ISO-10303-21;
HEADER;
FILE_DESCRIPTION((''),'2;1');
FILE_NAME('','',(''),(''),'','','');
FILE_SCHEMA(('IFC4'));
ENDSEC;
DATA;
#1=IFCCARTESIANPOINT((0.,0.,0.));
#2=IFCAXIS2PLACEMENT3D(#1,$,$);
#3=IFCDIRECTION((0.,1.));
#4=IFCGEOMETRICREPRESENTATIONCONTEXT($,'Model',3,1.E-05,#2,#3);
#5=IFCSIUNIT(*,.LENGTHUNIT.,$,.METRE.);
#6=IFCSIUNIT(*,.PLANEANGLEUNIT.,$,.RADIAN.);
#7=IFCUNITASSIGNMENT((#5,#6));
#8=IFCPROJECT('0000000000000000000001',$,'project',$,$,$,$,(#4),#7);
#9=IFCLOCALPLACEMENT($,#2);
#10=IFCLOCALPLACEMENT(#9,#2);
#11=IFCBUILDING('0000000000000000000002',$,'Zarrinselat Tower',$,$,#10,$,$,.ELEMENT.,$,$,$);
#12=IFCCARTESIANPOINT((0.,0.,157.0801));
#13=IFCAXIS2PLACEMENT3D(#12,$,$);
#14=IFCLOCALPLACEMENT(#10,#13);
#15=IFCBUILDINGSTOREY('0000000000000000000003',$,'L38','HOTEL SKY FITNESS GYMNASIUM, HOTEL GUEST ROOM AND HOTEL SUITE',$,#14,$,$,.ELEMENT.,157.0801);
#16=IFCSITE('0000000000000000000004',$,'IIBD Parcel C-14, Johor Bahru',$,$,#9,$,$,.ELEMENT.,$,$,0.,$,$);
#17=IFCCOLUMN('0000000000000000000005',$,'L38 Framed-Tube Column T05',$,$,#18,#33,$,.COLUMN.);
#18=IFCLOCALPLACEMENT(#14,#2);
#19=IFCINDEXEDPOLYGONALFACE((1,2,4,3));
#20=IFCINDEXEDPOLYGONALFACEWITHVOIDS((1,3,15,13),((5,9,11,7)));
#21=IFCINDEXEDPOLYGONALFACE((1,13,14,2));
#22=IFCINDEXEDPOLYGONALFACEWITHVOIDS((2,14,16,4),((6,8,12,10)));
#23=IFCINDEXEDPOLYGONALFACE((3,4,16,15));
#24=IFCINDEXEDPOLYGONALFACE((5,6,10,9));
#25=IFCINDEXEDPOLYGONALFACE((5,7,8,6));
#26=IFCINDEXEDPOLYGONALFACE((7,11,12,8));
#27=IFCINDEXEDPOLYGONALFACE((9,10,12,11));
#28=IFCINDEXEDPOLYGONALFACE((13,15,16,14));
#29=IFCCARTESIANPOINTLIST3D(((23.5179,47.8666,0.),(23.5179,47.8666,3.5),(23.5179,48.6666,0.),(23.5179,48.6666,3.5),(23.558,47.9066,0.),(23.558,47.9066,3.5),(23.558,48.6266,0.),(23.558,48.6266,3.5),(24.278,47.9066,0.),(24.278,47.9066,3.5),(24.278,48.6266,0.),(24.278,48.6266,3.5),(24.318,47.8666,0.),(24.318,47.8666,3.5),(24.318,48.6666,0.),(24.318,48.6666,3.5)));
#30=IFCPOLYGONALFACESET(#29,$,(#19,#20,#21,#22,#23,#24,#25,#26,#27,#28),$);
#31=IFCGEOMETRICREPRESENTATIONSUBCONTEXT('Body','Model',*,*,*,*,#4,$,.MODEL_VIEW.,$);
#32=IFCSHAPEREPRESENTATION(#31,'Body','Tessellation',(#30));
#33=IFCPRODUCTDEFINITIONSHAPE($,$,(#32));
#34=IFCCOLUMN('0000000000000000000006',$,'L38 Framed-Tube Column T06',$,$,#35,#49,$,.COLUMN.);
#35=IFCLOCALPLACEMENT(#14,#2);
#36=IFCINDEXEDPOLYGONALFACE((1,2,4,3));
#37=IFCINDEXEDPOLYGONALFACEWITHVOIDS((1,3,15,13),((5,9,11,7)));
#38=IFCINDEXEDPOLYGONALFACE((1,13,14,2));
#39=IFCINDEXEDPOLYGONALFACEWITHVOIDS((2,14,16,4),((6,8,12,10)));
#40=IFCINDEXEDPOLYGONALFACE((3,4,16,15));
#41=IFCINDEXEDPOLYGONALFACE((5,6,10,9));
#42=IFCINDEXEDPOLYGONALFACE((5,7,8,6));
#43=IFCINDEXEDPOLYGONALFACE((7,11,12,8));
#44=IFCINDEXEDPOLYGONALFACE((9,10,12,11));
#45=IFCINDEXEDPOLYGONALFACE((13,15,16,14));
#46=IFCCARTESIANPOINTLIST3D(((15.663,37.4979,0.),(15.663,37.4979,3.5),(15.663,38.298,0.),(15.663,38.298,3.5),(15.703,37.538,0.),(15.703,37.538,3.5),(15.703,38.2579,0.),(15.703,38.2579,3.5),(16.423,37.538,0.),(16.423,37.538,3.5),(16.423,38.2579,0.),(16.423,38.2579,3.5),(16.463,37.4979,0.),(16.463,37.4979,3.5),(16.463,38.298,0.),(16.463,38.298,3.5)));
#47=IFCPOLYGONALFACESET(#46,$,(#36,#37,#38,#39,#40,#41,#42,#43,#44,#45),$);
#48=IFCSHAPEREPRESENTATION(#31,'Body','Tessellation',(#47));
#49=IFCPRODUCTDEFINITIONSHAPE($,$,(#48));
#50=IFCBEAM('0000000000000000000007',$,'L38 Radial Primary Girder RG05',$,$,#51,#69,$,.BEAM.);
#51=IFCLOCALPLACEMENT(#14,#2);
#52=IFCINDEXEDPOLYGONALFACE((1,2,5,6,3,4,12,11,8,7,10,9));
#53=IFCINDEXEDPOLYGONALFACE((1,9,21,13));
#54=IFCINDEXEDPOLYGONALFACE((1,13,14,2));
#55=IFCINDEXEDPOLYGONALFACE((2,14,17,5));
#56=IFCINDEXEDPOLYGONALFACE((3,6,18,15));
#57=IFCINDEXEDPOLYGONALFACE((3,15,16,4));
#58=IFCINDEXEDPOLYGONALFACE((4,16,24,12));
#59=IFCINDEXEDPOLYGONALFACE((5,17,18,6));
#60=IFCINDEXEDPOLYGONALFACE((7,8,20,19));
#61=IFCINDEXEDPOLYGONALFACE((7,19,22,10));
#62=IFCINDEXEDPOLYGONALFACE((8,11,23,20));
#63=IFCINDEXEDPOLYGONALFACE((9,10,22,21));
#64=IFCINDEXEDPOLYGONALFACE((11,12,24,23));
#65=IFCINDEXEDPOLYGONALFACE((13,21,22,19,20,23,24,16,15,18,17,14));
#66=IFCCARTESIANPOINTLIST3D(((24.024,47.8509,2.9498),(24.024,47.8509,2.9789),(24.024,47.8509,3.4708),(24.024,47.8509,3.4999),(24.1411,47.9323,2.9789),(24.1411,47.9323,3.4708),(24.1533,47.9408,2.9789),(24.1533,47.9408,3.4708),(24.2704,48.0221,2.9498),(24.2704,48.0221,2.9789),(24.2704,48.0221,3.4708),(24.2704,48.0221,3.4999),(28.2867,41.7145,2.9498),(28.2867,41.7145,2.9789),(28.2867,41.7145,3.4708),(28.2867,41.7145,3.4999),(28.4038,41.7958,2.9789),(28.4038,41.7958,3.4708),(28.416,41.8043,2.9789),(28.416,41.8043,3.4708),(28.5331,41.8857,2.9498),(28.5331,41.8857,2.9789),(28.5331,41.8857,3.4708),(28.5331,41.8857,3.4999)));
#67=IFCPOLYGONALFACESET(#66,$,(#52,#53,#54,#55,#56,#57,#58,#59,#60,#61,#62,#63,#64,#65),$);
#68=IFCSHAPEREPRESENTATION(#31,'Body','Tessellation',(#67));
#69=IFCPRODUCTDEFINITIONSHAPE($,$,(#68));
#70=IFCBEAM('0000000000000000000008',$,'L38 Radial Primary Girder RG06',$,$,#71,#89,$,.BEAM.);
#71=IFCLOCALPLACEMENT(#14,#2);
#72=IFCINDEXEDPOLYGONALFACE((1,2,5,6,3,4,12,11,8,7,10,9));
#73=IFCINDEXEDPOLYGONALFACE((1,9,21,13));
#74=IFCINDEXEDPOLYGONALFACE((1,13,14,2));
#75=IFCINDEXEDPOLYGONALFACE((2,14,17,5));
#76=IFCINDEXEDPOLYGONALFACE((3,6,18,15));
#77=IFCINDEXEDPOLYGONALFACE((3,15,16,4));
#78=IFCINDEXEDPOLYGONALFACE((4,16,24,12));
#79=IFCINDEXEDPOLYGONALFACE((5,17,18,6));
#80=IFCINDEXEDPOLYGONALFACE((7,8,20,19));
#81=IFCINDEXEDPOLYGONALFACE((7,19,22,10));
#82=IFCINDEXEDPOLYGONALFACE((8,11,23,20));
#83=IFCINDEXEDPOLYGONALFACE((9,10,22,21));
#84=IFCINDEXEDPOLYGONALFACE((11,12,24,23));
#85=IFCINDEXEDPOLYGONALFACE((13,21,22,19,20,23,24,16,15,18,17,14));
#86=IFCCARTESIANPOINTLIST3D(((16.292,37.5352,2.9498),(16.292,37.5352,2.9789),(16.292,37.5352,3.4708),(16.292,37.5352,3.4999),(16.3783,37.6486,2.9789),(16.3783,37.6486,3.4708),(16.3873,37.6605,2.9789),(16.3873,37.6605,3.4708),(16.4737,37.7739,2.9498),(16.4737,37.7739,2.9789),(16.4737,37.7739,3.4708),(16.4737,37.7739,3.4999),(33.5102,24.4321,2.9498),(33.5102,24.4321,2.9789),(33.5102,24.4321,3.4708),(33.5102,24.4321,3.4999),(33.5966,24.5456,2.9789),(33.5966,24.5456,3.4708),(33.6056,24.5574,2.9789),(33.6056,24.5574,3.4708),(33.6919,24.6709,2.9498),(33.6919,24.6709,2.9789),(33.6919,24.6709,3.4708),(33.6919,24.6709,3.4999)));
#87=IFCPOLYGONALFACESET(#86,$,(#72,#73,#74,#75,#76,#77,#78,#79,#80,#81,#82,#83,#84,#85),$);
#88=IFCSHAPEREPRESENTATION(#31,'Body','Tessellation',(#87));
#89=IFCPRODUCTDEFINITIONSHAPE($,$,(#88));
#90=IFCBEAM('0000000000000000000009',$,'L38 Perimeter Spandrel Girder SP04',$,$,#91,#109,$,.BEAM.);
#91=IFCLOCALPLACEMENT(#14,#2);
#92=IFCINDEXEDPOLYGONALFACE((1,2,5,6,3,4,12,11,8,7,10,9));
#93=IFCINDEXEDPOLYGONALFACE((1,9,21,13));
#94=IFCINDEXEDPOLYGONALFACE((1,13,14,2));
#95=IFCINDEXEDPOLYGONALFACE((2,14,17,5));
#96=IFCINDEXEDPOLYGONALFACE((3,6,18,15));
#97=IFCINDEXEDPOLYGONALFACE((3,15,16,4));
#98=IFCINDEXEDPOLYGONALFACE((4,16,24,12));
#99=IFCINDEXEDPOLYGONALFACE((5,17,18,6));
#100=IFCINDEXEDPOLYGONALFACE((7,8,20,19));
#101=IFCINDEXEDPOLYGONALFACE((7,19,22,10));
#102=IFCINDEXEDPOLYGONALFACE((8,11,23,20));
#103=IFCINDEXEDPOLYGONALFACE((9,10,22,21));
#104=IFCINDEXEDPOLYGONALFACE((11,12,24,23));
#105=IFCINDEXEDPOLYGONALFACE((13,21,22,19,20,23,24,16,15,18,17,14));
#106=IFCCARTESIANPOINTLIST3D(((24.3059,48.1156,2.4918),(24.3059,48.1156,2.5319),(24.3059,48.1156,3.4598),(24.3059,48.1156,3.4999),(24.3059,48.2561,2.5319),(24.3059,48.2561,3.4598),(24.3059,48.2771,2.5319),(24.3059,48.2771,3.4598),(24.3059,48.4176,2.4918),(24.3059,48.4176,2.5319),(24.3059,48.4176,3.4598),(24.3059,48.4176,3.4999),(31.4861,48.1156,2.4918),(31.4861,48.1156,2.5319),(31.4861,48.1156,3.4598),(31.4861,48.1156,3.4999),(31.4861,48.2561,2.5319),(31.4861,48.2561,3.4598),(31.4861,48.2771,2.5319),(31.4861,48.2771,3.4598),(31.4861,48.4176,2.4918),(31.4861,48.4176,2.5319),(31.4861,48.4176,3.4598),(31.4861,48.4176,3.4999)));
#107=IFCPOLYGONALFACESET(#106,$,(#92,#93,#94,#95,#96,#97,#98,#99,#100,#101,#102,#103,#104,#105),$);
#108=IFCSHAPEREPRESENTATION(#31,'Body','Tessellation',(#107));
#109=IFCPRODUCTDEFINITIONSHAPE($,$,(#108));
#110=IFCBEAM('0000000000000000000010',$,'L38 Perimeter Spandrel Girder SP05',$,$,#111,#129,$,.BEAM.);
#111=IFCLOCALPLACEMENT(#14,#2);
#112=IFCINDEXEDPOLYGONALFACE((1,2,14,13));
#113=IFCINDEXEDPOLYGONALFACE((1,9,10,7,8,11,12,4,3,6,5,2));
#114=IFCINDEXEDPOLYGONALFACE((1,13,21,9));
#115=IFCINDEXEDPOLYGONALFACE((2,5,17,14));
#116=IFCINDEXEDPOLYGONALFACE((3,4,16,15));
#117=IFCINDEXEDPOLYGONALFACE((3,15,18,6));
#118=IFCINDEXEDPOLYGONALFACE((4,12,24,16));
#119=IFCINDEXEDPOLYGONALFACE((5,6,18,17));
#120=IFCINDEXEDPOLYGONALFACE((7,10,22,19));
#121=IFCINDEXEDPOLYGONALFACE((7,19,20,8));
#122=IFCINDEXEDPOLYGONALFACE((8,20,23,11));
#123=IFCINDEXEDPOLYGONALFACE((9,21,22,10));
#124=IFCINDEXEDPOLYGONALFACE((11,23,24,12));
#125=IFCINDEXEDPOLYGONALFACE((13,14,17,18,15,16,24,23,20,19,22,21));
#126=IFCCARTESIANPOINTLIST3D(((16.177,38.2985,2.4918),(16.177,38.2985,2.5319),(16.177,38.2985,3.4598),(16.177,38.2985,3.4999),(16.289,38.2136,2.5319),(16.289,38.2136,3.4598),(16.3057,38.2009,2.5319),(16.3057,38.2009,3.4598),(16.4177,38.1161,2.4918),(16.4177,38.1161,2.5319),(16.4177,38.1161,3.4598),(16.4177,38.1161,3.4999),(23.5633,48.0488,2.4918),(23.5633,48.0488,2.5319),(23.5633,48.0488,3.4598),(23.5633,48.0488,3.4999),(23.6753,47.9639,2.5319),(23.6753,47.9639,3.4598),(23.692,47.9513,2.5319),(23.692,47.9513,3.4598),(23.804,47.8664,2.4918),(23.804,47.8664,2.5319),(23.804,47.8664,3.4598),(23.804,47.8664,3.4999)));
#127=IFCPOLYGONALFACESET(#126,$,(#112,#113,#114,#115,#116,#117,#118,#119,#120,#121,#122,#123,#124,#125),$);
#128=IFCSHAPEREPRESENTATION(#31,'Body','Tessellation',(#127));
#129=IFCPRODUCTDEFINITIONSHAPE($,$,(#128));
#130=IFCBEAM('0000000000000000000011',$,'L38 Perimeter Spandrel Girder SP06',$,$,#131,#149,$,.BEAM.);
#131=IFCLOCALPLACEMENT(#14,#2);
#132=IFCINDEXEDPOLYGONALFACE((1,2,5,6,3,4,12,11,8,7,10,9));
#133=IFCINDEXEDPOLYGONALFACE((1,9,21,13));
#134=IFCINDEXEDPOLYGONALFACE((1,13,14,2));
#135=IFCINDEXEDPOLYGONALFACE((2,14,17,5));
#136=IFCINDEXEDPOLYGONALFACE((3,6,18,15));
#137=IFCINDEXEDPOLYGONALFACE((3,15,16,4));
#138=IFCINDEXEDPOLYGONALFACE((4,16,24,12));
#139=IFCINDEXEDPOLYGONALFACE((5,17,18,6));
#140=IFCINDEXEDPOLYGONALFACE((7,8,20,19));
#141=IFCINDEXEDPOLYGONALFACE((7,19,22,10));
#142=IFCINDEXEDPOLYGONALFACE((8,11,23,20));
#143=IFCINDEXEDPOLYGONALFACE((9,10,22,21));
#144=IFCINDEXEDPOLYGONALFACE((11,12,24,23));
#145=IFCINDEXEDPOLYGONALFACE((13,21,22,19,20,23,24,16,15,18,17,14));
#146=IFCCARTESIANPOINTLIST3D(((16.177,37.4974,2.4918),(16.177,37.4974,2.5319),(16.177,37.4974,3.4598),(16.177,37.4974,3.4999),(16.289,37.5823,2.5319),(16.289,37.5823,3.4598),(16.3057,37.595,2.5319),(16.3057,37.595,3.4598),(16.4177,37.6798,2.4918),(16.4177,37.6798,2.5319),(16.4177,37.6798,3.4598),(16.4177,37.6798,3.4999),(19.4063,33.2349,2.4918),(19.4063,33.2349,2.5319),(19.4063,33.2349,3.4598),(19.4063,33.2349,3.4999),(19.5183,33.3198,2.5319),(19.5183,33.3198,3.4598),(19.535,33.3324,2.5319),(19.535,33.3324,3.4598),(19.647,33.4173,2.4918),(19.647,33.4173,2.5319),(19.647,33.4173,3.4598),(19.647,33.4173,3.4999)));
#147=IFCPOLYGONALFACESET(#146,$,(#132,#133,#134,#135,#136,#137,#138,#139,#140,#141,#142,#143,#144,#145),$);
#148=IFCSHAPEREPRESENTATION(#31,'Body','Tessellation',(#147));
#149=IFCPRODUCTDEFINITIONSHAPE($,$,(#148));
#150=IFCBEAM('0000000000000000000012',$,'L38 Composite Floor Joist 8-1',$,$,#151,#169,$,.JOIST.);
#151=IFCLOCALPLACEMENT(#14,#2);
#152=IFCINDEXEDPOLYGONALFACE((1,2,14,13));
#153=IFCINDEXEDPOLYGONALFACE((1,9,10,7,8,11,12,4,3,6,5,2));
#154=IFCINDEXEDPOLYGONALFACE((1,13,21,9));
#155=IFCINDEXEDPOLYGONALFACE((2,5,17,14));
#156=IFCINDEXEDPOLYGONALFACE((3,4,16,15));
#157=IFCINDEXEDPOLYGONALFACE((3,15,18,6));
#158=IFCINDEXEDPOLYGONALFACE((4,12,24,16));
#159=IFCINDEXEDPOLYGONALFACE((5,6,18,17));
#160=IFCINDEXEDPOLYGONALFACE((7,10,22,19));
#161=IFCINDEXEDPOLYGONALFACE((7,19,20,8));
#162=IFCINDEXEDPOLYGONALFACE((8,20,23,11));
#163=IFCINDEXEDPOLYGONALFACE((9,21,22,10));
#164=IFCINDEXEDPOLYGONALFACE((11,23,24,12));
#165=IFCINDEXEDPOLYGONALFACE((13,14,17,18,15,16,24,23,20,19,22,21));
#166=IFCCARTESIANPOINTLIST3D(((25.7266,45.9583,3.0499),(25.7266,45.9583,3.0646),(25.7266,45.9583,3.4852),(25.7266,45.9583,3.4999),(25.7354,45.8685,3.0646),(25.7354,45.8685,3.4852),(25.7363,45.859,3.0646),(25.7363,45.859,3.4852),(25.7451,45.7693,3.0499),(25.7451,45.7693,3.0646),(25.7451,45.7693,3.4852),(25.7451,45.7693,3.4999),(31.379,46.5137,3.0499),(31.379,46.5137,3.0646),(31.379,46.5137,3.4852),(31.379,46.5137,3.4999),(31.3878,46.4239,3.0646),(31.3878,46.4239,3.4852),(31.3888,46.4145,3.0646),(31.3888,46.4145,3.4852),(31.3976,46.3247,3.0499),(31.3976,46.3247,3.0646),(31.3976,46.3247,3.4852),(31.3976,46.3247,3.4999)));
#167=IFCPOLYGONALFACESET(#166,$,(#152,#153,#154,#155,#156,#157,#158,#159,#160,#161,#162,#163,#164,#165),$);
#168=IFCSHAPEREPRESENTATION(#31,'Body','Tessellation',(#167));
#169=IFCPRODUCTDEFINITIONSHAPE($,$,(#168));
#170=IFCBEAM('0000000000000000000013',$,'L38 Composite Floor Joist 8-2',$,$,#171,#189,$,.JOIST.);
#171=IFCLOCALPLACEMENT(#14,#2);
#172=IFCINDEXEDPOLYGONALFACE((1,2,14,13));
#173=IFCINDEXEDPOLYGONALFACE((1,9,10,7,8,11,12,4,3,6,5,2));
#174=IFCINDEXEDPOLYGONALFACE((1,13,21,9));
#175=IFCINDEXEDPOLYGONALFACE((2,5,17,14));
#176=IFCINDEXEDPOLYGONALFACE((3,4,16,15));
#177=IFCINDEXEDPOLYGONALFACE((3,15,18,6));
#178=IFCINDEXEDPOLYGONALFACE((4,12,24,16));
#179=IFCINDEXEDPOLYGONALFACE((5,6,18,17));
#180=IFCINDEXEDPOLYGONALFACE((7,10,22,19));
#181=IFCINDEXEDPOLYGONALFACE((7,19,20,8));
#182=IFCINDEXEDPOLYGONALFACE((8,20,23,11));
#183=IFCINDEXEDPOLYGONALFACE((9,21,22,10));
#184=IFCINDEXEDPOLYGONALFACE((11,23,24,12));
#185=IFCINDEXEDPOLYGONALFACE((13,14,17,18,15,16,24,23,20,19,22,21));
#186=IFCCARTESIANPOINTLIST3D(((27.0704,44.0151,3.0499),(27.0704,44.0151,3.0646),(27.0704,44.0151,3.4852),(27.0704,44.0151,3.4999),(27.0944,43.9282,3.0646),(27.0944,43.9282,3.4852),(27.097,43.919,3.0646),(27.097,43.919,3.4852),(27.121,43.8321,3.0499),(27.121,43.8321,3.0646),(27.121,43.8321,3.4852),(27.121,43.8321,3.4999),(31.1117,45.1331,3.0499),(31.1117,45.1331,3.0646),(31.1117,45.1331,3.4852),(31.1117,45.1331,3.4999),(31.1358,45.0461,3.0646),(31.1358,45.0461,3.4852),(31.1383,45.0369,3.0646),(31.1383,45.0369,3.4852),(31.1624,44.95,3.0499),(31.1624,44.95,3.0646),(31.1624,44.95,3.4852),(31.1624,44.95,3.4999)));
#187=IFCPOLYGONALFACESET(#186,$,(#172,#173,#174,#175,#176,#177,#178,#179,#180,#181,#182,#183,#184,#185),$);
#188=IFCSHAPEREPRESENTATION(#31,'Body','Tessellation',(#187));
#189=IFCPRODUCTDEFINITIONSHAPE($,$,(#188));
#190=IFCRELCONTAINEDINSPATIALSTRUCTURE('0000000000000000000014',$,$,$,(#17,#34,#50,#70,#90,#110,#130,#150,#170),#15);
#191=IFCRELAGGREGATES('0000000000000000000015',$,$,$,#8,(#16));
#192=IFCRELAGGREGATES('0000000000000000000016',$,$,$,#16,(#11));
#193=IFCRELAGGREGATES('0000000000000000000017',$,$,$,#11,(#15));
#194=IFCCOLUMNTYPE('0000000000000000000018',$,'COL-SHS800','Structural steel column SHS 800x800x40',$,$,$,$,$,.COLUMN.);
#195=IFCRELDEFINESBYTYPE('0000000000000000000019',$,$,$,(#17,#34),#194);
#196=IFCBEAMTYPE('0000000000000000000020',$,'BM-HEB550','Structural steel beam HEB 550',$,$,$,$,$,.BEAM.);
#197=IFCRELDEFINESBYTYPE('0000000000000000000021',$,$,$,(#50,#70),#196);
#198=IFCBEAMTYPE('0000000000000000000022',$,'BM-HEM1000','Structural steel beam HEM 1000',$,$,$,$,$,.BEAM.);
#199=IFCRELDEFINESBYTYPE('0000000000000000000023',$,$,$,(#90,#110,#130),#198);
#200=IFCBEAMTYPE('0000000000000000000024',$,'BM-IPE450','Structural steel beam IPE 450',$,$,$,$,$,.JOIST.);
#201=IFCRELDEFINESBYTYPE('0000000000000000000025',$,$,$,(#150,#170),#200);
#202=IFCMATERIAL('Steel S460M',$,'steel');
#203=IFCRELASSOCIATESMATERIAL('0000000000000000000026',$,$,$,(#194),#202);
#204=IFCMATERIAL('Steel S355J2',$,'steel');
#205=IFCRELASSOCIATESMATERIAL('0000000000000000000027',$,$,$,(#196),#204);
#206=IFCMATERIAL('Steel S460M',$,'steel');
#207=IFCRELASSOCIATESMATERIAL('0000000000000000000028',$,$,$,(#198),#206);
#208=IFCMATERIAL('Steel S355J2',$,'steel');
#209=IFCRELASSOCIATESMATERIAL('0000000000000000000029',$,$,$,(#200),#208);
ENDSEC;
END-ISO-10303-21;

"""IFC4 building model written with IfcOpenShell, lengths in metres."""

from ifc_helpers import new_model, si_unit, direction, frame, origin, origin_2d, place, context, subcontext, project, spatial, hollow_rectangle, i_section, extrude, material, material_profile, profile_set, type_object, element, save


model = new_model("IFC4")

# Units and contexts
model_context = context("Model", 3, precision=1e-05, world=origin(), true_north=direction((0.0, 1.0)))
body_context = subcontext(model_context, "Body", "Model", "MODEL_VIEW")
ifc_project = project(units=[si_unit("LENGTHUNIT", "METRE"), si_unit("PLANEANGLEUNIT", "RADIAN")], contexts=[model_context])

# Site, building, storey
site_placement = place(None, origin())
site = spatial("IfcSite", under=ifc_project, at=site_placement, Name="IIBD Parcel C-14, Johor Bahru", CompositionType="ELEMENT", RefElevation=0.0)
building_placement = place(site_placement, origin())
building = spatial("IfcBuilding", under=site, at=building_placement, Name="Zarrinselat Tower", CompositionType="ELEMENT")
storey_placement = place(building_placement, frame((0.0, 0.0, 157.0801)))
storey = spatial("IfcBuildingStorey", under=building, at=storey_placement, Name="L38", Description="HOTEL SKY FITNESS GYMNASIUM, HOTEL GUEST ROOM AND HOTEL SUITE", CompositionType="ELEMENT", Elevation=157.0801)

# Columns
ifc_material_1 = material(Name="Steel S460M", Category="steel")
ifc_material_profile_1 = material_profile(ifc_material_1, hollow_rectangle(XDim=0.8, YDim=0.8, WallThickness=0.04, at=origin_2d()), Name="SHS 800x800x40")
ifc_profile_set_1 = profile_set([ifc_material_profile_1], Name="Steel S460M")
column_type = type_object("IfcColumnType", Name="COL-SHS800", Description="Structural steel column SHS 800x800x40", PredefinedType="COLUMN", material=ifc_profile_set_1)
for number, where, z_axis, x_axis, name in (
    (1, (23.918, 48.2666, 0.0), (0.0, 0.0, 1.0), (1.0, 0.0, 0.0), "L38 Framed-Tube Column T05"),
    (2, (16.063, 37.8979, 0.0), (0.0, 0.0, 1.0), (1.0, 0.0, 0.0), "L38 Framed-Tube Column T06"),
):
    element("IfcColumn", number, at=place(storey_placement, frame(where, z_axis=z_axis, x_axis=x_axis)), inside=storey, type_object=column_type, Name=name, PredefinedType="COLUMN", context=body_context, shape_type="SweptSolid", body=[
        extrude(hollow_rectangle(XDim=0.8, YDim=0.8, WallThickness=0.04, at=origin_2d()), origin(), (0.0, 0.0, 1.0), 3.5),
    ])

# Beams
ifc_material_2 = material(Name="Steel S355J2", Category="steel")
ifc_material_profile_2 = material_profile(ifc_material_2, i_section(OverallWidth=0.3, OverallDepth=0.55, WebThickness=0.0149, FlangeThickness=0.0291, at=origin_2d()), Name="HEB 550")
ifc_profile_set_2 = profile_set([ifc_material_profile_2], Name="Steel S355J2")
beam_type_1 = type_object("IfcBeamType", Name="BM-HEB550", Description="Structural steel beam HEB 550", PredefinedType="BEAM", material=ifc_profile_set_2)
beam_1_placement = place(storey_placement, frame((24.1472, 47.9365, 3.2249), z_axis=(0.570509, -0.821291, 0.0), x_axis=(0.821291, 0.570509, 0.0)))
element("IfcBeam", 3, at=beam_1_placement, inside=storey, type_object=beam_type_1, Name="L38 Radial Primary Girder RG05", PredefinedType="BEAM", context=body_context, shape_type="SweptSolid", body=[
    extrude(i_section(OverallWidth=0.3, OverallDepth=0.55, WebThickness=0.0149, FlangeThickness=0.0291, at=origin_2d()), origin(), (0.0, 0.0, 1.0), 7.4717),
])
beam_2_placement = place(storey_placement, frame((16.3828, 37.6545, 3.2249), z_axis=(0.79578, -0.605586, 0.0), x_axis=(0.605586, 0.79578, 0.0)))
element("IfcBeam", 4, at=beam_2_placement, inside=storey, type_object=beam_type_1, Name="L38 Radial Primary Girder RG06", PredefinedType="BEAM", context=body_context, shape_type="SweptSolid", body=[
    extrude(i_section(OverallWidth=0.3, OverallDepth=0.55, WebThickness=0.0149, FlangeThickness=0.0291, at=origin_2d()), origin(), (0.0, 0.0, 1.0), 21.637),
])
ifc_material_3 = material(Name="Steel S460M", Category="steel")
ifc_material_profile_3 = material_profile(ifc_material_3, i_section(OverallWidth=0.302, OverallDepth=1.0081, WebThickness=0.021, FlangeThickness=0.04, at=origin_2d()), Name="HEM 1000")
ifc_profile_set_3 = profile_set([ifc_material_profile_3], Name="Steel S460M")
beam_type_2 = type_object("IfcBeamType", Name="BM-HEM1000", Description="Structural steel beam HEM 1000", PredefinedType="BEAM", material=ifc_profile_set_3)
beam_3_placement = place(storey_placement, frame((24.3059, 48.2666, 2.9958), z_axis=(1.0, 0.0, 0.0), x_axis=(0.0, 1.0, 0.0)))
element("IfcBeam", 5, at=beam_3_placement, inside=storey, type_object=beam_type_2, Name="L38 Perimeter Spandrel Girder SP04", PredefinedType="BEAM", context=body_context, shape_type="SweptSolid", body=[
    extrude(i_section(OverallWidth=0.302, OverallDepth=1.0081, WebThickness=0.021, FlangeThickness=0.04, at=origin_2d()), origin(), (0.0, 0.0, 1.0), 7.1802),
])
beam_4_placement = place(storey_placement, frame((16.2974, 38.2073, 2.9958), z_axis=(0.603841, 0.797105, 0.0), x_axis=(-0.797105, 0.603841, 0.0)))
element("IfcBeam", 6, at=beam_4_placement, inside=storey, type_object=beam_type_2, Name="L38 Perimeter Spandrel Girder SP05", PredefinedType="BEAM", context=body_context, shape_type="SweptSolid", body=[
    extrude(i_section(OverallWidth=0.302, OverallDepth=1.0081, WebThickness=0.021, FlangeThickness=0.04, at=origin_2d()), origin(), (0.0, 0.0, 1.0), 12.2322),
])
beam_5_placement = place(storey_placement, frame((16.2974, 37.5886, 2.9958), z_axis=(0.603872, -0.797081, 0.0), x_axis=(0.797081, 0.603872, 0.0)))
element("IfcBeam", 7, at=beam_5_placement, inside=storey, type_object=beam_type_2, Name="L38 Perimeter Spandrel Girder SP06", PredefinedType="BEAM", context=body_context, shape_type="SweptSolid", body=[
    extrude(i_section(OverallWidth=0.302, OverallDepth=1.0081, WebThickness=0.021, FlangeThickness=0.04, at=origin_2d()), origin(), (0.0, 0.0, 1.0), 5.3477),
])
ifc_material_4 = material(Name="Steel S355J2", Category="steel")
ifc_material_profile_4 = material_profile(ifc_material_4, i_section(OverallWidth=0.1899, OverallDepth=0.45, WebThickness=0.0095, FlangeThickness=0.0146, at=origin_2d()), Name="IPE 450")
ifc_profile_set_4 = profile_set([ifc_material_profile_4], Name="Steel S355J2")
beam_type_3 = type_object("IfcBeamType", Name="BM-IPE450", Description="Structural steel beam IPE 450", PredefinedType="JOIST", material=ifc_profile_set_4)
beam_6_placement = place(storey_placement, frame((25.7358, 45.8638, 3.2749), z_axis=(0.995207, 0.097793, 0.0), x_axis=(-0.097793, 0.995207, 0.0)))
element("IfcBeam", 8, at=beam_6_placement, inside=storey, type_object=beam_type_3, Name="L38 Composite Floor Joist 8-1", PredefinedType="JOIST", context=body_context, shape_type="SweptSolid", body=[
    extrude(i_section(OverallWidth=0.1899, OverallDepth=0.45, WebThickness=0.0095, FlangeThickness=0.0146, at=origin_2d()), origin(), (0.0, 0.0, 1.0), 5.6797),
])
beam_7_placement = place(storey_placement, frame((27.0957, 43.9236, 3.2749), z_axis=(0.963803, 0.266614, 0.0), x_axis=(-0.266614, 0.963803, 0.0)))
element("IfcBeam", 9, at=beam_7_placement, inside=storey, type_object=beam_type_3, Name="L38 Composite Floor Joist 8-2", PredefinedType="JOIST", context=body_context, shape_type="SweptSolid", body=[
    extrude(i_section(OverallWidth=0.1899, OverallDepth=0.45, WebThickness=0.0095, FlangeThickness=0.0146, at=origin_2d()), origin(), (0.0, 0.0, 1.0), 4.1931),
])

save(model, "model.ifc")
